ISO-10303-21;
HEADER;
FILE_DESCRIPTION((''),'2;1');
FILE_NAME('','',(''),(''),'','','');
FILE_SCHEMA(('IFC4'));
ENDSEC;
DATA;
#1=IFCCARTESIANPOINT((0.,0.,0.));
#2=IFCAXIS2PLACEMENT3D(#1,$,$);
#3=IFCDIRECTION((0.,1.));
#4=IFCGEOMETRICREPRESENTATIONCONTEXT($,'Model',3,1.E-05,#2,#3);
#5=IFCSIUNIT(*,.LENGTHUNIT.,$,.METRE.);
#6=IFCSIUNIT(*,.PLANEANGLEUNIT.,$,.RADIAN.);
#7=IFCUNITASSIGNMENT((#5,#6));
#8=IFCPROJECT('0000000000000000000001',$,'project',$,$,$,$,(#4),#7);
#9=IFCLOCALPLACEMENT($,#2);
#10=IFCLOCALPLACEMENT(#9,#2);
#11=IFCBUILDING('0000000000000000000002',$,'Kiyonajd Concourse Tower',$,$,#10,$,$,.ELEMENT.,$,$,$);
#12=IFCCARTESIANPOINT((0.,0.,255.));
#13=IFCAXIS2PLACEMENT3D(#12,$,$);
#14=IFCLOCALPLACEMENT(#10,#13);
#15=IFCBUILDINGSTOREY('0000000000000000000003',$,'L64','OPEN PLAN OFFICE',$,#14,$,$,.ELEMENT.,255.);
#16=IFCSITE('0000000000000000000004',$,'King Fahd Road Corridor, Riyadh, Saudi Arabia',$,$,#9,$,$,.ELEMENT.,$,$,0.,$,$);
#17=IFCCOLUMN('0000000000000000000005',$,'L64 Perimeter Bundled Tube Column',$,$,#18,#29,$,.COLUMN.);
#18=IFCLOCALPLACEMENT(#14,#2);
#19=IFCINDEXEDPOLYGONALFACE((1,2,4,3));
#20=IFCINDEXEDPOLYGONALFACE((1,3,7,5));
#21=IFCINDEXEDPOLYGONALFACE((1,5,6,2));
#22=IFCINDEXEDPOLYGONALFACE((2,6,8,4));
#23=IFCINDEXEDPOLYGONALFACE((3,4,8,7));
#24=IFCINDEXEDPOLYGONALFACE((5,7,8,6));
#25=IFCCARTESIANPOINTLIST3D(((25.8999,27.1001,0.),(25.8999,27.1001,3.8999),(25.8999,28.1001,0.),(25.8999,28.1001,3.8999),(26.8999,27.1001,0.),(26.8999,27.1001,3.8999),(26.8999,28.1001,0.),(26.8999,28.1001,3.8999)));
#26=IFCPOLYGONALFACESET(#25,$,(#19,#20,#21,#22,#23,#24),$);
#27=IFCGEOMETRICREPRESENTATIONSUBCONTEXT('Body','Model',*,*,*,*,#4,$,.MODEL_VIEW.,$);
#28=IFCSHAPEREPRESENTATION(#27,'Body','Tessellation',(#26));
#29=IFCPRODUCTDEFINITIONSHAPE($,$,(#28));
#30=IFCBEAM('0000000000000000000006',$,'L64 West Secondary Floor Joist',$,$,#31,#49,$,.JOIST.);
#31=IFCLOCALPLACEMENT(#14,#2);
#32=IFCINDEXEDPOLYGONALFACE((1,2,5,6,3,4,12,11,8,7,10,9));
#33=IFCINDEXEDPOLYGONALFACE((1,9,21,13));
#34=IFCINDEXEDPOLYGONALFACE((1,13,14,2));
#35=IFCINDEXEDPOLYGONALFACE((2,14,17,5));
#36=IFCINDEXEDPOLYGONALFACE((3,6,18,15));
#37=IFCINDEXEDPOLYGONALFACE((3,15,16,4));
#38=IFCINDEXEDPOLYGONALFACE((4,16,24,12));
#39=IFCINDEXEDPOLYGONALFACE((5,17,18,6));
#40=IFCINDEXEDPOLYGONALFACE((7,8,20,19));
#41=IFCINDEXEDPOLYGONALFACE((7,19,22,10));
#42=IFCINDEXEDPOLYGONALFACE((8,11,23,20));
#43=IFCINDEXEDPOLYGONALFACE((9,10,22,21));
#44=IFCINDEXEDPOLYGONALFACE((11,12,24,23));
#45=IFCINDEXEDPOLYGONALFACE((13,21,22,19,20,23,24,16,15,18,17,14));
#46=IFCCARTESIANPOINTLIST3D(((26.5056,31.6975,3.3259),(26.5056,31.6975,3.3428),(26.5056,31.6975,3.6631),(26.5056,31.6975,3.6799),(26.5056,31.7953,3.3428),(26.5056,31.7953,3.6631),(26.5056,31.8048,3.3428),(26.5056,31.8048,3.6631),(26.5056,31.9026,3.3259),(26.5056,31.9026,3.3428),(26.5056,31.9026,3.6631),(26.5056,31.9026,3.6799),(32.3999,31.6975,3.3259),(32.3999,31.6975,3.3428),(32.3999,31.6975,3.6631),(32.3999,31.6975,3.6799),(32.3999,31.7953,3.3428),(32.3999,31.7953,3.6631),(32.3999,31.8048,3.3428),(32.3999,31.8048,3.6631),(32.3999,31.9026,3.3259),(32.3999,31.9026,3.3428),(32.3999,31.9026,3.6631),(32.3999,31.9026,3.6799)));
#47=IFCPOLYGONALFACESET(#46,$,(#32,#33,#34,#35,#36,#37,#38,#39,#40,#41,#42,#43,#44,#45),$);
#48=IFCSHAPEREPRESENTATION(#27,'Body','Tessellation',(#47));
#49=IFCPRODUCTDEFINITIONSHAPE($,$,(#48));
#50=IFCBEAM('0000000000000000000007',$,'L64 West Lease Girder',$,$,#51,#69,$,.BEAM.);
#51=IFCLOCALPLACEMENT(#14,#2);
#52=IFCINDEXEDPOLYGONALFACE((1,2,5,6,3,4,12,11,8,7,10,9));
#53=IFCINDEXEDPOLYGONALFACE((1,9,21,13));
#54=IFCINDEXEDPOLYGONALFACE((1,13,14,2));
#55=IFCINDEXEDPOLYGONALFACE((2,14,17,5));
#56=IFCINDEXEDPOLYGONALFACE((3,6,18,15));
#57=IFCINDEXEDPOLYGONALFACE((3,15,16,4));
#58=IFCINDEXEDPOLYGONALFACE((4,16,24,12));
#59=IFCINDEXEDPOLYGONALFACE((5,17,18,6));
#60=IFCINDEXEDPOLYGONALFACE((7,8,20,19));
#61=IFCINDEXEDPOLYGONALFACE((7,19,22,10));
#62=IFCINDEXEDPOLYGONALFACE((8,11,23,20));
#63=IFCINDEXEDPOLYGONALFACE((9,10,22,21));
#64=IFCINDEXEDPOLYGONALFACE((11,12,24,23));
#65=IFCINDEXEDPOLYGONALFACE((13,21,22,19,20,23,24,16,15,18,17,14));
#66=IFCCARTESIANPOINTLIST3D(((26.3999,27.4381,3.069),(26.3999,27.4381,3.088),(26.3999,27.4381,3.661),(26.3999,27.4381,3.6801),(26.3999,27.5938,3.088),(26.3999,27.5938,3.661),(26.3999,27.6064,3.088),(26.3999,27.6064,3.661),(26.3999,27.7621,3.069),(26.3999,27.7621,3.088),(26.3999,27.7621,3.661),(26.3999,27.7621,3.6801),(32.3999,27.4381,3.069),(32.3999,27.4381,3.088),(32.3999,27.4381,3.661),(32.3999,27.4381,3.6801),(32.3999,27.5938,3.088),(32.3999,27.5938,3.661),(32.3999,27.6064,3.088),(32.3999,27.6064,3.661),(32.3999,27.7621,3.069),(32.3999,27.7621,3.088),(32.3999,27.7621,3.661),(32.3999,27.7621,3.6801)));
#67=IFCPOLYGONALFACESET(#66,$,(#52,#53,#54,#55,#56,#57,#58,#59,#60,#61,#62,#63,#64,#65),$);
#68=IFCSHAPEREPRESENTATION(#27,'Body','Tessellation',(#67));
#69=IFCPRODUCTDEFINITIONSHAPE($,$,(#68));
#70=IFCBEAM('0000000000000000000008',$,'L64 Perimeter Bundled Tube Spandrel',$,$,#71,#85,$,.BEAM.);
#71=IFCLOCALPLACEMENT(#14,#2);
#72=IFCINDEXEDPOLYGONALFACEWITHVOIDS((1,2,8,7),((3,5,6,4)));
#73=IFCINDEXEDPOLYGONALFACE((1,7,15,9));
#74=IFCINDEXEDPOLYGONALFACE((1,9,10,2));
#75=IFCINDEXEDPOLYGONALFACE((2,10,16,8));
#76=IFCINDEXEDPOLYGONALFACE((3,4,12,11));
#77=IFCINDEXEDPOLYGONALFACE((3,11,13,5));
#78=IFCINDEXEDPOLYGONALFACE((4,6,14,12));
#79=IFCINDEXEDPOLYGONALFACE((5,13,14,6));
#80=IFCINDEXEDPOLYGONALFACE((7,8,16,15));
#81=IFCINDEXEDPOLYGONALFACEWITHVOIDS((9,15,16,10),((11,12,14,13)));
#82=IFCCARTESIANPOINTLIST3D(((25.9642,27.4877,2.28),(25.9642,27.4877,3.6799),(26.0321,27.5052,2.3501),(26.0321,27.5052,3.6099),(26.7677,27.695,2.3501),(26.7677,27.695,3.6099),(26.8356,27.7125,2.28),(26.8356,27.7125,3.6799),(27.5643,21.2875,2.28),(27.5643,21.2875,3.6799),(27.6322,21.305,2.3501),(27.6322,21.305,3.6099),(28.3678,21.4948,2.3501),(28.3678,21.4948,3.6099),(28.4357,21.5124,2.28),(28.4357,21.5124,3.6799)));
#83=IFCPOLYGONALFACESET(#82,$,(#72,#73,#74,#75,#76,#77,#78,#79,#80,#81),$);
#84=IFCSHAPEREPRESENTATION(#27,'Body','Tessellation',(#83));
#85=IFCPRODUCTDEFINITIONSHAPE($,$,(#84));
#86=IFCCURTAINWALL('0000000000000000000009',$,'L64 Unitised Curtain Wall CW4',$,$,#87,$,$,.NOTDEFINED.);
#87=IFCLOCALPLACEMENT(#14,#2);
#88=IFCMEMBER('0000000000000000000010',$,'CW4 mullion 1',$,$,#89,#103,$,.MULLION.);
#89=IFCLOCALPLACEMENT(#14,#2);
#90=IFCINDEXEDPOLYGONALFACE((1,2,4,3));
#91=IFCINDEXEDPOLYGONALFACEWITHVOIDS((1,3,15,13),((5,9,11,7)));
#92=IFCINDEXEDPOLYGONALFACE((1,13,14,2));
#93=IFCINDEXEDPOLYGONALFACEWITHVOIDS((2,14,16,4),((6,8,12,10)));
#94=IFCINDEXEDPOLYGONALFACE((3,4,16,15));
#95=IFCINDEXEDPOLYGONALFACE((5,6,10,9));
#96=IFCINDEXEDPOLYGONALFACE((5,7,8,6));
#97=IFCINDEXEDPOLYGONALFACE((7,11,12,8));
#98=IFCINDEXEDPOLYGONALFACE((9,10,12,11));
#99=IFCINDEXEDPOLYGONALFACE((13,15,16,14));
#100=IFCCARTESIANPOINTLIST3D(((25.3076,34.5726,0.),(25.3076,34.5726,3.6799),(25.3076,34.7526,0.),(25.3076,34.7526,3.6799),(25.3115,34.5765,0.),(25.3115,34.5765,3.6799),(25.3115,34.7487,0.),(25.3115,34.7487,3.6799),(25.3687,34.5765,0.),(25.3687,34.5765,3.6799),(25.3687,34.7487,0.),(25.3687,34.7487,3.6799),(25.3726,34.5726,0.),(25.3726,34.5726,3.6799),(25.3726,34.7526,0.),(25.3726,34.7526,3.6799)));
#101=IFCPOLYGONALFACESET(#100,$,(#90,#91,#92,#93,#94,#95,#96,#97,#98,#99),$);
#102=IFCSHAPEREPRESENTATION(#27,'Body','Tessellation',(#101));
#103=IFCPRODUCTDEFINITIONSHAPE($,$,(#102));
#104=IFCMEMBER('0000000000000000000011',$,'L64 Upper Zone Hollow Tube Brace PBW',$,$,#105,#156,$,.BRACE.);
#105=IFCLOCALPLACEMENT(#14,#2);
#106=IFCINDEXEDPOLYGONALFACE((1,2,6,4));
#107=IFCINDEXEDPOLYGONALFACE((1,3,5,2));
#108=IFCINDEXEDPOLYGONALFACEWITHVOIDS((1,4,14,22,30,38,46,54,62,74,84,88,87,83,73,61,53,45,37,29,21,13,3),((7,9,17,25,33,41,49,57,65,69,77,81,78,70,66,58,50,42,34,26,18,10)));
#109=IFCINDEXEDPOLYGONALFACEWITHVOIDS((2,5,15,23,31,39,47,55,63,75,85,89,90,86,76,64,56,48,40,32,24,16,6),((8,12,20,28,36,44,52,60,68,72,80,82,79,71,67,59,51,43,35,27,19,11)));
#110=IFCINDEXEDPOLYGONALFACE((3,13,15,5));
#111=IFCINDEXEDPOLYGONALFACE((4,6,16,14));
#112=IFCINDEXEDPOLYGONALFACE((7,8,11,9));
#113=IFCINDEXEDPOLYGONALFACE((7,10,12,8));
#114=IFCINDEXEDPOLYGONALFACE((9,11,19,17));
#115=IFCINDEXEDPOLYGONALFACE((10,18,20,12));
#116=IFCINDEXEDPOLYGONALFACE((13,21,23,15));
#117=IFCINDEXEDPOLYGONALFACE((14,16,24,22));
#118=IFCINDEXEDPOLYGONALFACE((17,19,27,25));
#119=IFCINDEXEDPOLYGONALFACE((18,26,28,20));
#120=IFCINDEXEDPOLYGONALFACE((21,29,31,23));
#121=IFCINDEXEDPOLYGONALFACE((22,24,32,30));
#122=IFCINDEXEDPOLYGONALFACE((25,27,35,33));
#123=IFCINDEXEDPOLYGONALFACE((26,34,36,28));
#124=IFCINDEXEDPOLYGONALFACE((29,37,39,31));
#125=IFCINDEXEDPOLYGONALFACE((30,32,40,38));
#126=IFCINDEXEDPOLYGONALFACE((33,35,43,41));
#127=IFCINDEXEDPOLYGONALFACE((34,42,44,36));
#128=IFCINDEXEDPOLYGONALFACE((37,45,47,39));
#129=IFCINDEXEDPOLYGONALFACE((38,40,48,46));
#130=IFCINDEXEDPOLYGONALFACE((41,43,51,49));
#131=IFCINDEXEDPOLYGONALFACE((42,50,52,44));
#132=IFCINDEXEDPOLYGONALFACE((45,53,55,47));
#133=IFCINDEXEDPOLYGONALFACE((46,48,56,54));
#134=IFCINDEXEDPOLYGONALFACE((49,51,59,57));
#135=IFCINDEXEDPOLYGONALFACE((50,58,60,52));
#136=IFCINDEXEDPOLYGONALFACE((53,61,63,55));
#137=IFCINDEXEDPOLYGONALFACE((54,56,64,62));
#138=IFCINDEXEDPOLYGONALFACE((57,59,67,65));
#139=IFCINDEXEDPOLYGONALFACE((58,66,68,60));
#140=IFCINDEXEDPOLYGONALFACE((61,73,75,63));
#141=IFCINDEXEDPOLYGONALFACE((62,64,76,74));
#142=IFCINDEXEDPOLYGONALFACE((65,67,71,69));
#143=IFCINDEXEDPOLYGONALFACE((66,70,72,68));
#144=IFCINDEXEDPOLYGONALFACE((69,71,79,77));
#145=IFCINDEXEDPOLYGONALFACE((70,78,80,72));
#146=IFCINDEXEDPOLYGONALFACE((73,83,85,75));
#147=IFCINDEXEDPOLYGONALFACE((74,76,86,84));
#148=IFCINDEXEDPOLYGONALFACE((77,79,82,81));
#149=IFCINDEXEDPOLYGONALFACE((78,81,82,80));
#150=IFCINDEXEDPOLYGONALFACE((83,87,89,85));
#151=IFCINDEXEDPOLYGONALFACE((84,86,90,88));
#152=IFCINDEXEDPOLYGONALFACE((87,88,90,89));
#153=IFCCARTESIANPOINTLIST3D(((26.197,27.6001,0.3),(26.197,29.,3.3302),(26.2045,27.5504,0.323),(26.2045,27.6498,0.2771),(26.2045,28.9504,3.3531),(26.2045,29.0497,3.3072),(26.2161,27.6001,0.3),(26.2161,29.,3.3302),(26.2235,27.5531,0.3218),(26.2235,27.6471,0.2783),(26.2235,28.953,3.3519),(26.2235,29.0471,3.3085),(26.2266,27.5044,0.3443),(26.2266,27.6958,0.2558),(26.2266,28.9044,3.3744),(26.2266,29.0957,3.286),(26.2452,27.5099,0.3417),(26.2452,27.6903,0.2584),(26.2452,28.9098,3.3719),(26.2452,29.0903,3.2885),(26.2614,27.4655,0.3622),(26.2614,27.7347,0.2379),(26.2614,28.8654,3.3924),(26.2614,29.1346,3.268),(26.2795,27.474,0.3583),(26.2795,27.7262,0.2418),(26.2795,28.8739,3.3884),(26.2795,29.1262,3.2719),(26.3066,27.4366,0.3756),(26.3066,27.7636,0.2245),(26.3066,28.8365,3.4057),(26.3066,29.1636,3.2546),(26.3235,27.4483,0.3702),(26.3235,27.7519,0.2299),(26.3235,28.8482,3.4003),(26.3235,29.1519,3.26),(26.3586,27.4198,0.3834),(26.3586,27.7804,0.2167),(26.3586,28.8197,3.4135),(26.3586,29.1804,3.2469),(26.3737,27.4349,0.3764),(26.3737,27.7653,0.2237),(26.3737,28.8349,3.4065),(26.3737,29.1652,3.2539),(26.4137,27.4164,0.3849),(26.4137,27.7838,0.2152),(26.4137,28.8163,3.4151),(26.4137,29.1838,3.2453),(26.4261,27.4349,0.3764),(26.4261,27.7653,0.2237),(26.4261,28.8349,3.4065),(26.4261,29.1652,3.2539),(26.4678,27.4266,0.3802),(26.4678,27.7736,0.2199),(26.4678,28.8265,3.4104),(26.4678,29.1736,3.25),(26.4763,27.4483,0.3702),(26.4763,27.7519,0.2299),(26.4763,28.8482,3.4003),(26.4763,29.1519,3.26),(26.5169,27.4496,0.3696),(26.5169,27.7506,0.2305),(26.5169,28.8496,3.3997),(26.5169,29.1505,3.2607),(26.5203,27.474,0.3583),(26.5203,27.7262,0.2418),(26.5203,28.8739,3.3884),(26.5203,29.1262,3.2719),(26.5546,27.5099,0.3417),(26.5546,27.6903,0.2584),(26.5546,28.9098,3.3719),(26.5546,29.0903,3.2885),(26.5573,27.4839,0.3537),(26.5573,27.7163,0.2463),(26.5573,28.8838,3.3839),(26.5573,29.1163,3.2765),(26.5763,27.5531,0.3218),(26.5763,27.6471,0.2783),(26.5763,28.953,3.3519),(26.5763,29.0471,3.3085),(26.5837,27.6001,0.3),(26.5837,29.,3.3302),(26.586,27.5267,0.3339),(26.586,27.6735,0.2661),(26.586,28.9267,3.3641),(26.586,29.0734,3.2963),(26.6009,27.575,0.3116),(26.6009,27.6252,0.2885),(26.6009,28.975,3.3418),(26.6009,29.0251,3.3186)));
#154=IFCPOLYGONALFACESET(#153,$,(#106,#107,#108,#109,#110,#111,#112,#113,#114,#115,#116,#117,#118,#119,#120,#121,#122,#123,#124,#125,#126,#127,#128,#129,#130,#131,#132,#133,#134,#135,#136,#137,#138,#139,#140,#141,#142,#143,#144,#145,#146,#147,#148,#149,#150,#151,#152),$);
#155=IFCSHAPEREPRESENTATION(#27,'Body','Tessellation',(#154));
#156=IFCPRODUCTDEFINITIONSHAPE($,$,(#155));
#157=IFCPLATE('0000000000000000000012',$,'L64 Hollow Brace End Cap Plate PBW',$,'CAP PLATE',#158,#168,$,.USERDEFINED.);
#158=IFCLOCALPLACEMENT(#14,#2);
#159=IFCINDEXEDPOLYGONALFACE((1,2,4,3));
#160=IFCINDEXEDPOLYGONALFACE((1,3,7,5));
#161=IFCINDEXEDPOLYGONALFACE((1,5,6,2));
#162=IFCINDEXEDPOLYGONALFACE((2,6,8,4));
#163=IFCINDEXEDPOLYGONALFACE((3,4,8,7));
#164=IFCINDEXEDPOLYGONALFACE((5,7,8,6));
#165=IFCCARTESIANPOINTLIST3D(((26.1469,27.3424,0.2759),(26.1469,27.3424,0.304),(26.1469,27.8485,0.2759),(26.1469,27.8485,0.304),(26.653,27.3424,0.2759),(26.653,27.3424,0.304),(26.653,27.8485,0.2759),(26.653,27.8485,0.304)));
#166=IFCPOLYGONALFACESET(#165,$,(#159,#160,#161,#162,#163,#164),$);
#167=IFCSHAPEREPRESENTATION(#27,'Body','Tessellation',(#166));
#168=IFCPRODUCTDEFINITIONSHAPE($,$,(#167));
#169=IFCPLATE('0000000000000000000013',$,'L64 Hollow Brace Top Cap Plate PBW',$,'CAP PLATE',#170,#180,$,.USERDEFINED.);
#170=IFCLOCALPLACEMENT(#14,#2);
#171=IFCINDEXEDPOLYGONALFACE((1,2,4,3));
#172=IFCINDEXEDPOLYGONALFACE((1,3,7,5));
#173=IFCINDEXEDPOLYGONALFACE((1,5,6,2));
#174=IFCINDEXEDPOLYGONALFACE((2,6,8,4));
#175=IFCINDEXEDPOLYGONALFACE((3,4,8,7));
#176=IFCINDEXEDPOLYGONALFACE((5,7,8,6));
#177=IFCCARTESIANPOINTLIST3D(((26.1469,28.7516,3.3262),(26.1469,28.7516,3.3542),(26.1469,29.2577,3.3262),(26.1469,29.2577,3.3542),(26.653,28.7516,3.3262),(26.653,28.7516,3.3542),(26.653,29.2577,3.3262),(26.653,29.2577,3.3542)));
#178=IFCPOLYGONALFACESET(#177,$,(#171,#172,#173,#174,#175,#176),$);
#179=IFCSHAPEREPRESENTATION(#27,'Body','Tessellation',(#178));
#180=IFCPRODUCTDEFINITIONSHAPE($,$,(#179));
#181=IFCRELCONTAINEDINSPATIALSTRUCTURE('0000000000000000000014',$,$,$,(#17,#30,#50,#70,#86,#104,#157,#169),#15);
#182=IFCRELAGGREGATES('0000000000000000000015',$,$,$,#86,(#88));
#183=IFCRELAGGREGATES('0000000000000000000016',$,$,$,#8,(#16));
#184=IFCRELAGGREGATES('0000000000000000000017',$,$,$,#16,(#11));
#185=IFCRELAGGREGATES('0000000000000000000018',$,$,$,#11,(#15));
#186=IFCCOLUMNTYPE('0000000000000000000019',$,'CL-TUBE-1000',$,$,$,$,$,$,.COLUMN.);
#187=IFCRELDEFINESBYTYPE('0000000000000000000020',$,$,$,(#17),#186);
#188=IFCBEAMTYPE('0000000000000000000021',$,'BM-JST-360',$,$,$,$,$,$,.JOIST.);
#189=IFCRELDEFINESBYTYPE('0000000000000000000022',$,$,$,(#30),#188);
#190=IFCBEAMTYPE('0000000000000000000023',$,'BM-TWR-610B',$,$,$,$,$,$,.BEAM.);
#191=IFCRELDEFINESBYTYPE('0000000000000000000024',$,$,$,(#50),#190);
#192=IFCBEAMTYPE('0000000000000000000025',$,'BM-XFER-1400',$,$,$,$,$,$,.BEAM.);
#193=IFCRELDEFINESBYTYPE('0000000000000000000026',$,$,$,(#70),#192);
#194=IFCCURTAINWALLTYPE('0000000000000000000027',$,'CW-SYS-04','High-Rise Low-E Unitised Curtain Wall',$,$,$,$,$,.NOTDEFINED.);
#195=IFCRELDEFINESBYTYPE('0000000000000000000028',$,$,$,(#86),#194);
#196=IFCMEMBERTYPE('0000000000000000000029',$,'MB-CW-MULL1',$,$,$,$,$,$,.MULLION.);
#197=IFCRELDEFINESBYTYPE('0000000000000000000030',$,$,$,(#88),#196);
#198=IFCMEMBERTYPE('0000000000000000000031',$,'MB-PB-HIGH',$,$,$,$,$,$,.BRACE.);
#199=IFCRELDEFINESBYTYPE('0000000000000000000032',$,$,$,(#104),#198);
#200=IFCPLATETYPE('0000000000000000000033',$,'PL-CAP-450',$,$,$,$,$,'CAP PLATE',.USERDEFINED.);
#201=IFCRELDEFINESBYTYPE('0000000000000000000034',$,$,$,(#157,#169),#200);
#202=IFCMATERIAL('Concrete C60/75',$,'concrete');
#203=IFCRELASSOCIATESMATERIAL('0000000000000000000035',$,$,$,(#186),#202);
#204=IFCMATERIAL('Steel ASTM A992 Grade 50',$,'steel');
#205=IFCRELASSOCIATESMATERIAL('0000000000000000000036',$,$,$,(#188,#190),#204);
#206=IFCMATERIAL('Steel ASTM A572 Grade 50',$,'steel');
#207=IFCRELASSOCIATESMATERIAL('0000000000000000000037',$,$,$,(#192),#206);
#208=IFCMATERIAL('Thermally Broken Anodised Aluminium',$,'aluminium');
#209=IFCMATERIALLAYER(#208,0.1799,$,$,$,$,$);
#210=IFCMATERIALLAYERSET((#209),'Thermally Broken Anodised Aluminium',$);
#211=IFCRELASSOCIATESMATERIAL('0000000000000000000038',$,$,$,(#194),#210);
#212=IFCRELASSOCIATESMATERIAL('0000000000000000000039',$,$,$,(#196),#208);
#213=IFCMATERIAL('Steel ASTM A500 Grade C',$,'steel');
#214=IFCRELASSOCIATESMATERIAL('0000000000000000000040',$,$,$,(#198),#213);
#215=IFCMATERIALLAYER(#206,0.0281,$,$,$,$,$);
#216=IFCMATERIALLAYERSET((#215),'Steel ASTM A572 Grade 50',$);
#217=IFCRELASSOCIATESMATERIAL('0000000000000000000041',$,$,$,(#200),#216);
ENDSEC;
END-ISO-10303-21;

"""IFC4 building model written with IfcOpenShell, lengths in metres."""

from ifc_helpers import new_model, si_unit, direction, frame, origin, origin_2d, place, context, subcontext, project, spatial, rectangle, hollow_rectangle, hollow_circle, i_section, extrude, material, layer, layer_set, material_profile, profile_set, type_object, element, aggregate, save


model = new_model("IFC4")

# Units and contexts
model_context = context("Model", 3, precision=1e-05, world=origin(), true_north=direction((0.0, 1.0)))
body_context = subcontext(model_context, "Body", "Model", "MODEL_VIEW")
ifc_project = project(units=[si_unit("LENGTHUNIT", "METRE"), si_unit("PLANEANGLEUNIT", "RADIAN")], contexts=[model_context])

# Site, building, storey
site_placement = place(None, origin())
site = spatial("IfcSite", under=ifc_project, at=site_placement, Name="King Fahd Road Corridor, Riyadh, Saudi Arabia", CompositionType="ELEMENT", RefElevation=0.0)
building_placement = place(site_placement, origin())
building = spatial("IfcBuilding", under=site, at=building_placement, Name="Kiyonajd Concourse Tower", CompositionType="ELEMENT")
storey_placement = place(building_placement, frame((0.0, 0.0, 255.0)))
storey = spatial("IfcBuildingStorey", under=building, at=storey_placement, Name="L64", Description="OPEN PLAN OFFICE", CompositionType="ELEMENT", Elevation=255.0)

# Column
ifc_material_1 = material(Name="Concrete C60/75", Category="concrete")
ifc_material_profile_1 = material_profile(ifc_material_1, rectangle(XDim=1.0, YDim=1.0, at=origin_2d()), Name="RC-1000x1000")
ifc_profile_set_1 = profile_set([ifc_material_profile_1], Name="Concrete C60/75")
column_type = type_object("IfcColumnType", Name="CL-TUBE-1000", PredefinedType="COLUMN", material=ifc_profile_set_1)
column_placement = place(storey_placement, frame((26.3999, 27.6001, 0.0), z_axis=(0.0, 0.0, 1.0), x_axis=(1.0, 0.0, 0.0)))
element("IfcColumn", 1, at=column_placement, inside=storey, type_object=column_type, Name="L64 Perimeter Bundled Tube Column", PredefinedType="COLUMN", context=body_context, shape_type="SweptSolid", body=[
    extrude(rectangle(XDim=1.0, YDim=1.0, at=origin_2d()), origin(), (0.0, 0.0, 1.0), 3.8999),
])

# Beams
ifc_material_2 = material(Name="Steel ASTM A992 Grade 50", Category="steel")
ifc_material_profile_2 = material_profile(ifc_material_2, i_section(OverallWidth=0.2051, OverallDepth=0.354, WebThickness=0.0095, FlangeThickness=0.0168, at=origin_2d()), Name="W360X79")
ifc_profile_set_2 = profile_set([ifc_material_profile_2], Name="Steel ASTM A992 Grade 50")
beam_type_1 = type_object("IfcBeamType", Name="BM-JST-360", PredefinedType="JOIST", material=ifc_profile_set_2)
beam_1_placement = place(storey_placement, frame((26.5056, 31.8, 3.5029), z_axis=(1.0, 0.0, 0.0), x_axis=(0.0, 1.0, 0.0)))
element("IfcBeam", 2, at=beam_1_placement, inside=storey, type_object=beam_type_1, Name="L64 West Secondary Floor Joist", PredefinedType="JOIST", context=body_context, shape_type="SweptSolid", body=[
    extrude(i_section(OverallWidth=0.2051, OverallDepth=0.354, WebThickness=0.0095, FlangeThickness=0.0168, at=origin_2d()), origin(), (0.0, 0.0, 1.0), 5.8943),
])
ifc_material_profile_3 = material_profile(ifc_material_2, i_section(OverallWidth=0.324, OverallDepth=0.6111, WebThickness=0.0127, FlangeThickness=0.019, at=origin_2d()), Name="W610X155")
ifc_profile_set_3 = profile_set([ifc_material_profile_3], Name="Steel ASTM A992 Grade 50")
beam_type_2 = type_object("IfcBeamType", Name="BM-TWR-610B", PredefinedType="BEAM", material=ifc_profile_set_3)
beam_2_placement = place(storey_placement, frame((26.3999, 27.6001, 3.3745), z_axis=(1.0, 0.0, 0.0), x_axis=(0.0, 1.0, 0.0)))
element("IfcBeam", 3, at=beam_2_placement, inside=storey, type_object=beam_type_2, Name="L64 West Lease Girder", PredefinedType="BEAM", context=body_context, shape_type="SweptSolid", body=[
    extrude(i_section(OverallWidth=0.324, OverallDepth=0.6111, WebThickness=0.0127, FlangeThickness=0.019, at=origin_2d()), origin(), (0.0, 0.0, 1.0), 6.0),
])
ifc_material_3 = material(Name="Steel ASTM A572 Grade 50", Category="steel")
ifc_material_profile_4 = material_profile(ifc_material_3, hollow_rectangle(XDim=0.8999, YDim=1.3999, WallThickness=0.0701, at=origin_2d()), Name="BOX-1400x900x70")
ifc_profile_set_4 = profile_set([ifc_material_profile_4], Name="Steel ASTM A572 Grade 50")
beam_type_3 = type_object("IfcBeamType", Name="BM-XFER-1400", PredefinedType="BEAM", material=ifc_profile_set_4)
beam_3_placement = place(storey_placement, frame((26.3999, 27.6001, 2.98), z_axis=(0.249885, -0.968276, 0.0), x_axis=(0.968276, 0.249885, 0.0)))
element("IfcBeam", 4, at=beam_3_placement, inside=storey, type_object=beam_type_3, Name="L64 Perimeter Bundled Tube Spandrel", PredefinedType="BEAM", context=body_context, shape_type="SweptSolid", body=[
    extrude(hollow_rectangle(XDim=0.8999, YDim=1.3999, WallThickness=0.0701, at=origin_2d()), origin(), (0.0, 0.0, 1.0), 6.4033),
])

# Curtain wall, member
ifc_material_4 = material(Name="Thermally Broken Anodised Aluminium", Category="aluminium")
ifc_layer_1 = layer(ifc_material_4, 0.1799)
ifc_layer_set_1 = layer_set([ifc_layer_1], Name="Thermally Broken Anodised Aluminium")
curtain_wall_type = type_object("IfcCurtainWallType", Name="CW-SYS-04", Description="High-Rise Low-E Unitised Curtain Wall", PredefinedType="NOTDEFINED", material=ifc_layer_set_1)
curtain_wall_placement = place(storey_placement, origin())
curtain_wall = element("IfcCurtainWall", 5, at=curtain_wall_placement, inside=storey, type_object=curtain_wall_type, Name="L64 Unitised Curtain Wall CW4", PredefinedType="NOTDEFINED")
ifc_material_profile_5 = material_profile(ifc_material_4, hollow_rectangle(XDim=0.0649, YDim=0.1799, WallThickness=0.0039, at=origin_2d()), Name="MULL-65x180")
ifc_profile_set_5 = profile_set([ifc_material_profile_5], Name="Thermally Broken Anodised Aluminium")
member_type_1 = type_object("IfcMemberType", Name="MB-CW-MULL1", PredefinedType="MULLION", material=ifc_profile_set_5)
member_1_placement = place(storey_placement, frame((25.3401, 34.6626, 0.0), z_axis=(0.0, 0.0, 1.0), x_axis=(-1.0, 0.0, 0.0)))
member_1 = element("IfcMember", 6, at=member_1_placement, type_object=member_type_1, Name="CW4 mullion 1", PredefinedType="MULLION", context=body_context, shape_type="SweptSolid", body=[
    extrude(hollow_rectangle(XDim=0.0649, YDim=0.1799, WallThickness=0.0039, at=origin_2d()), origin(), (0.0, 0.0, 1.0), 3.6799),
])
aggregate(curtain_wall, [member_1])

# Member
ifc_material_5 = material(Name="Steel ASTM A500 Grade C", Category="steel")
ifc_material_profile_6 = material_profile(ifc_material_5, hollow_circle(Radius=0.2029, WallThickness=0.019, at=origin_2d()), Name="CHS-406x19")
ifc_profile_set_6 = profile_set([ifc_material_profile_6], Name="Steel ASTM A500 Grade C")
member_type_2 = type_object("IfcMemberType", Name="MB-PB-HIGH", PredefinedType="BRACE", material=ifc_profile_set_6)
member_2_placement = place(storey_placement, frame((26.3999, 27.6001, 0.3), z_axis=(0.0, 0.419411, 0.907797), x_axis=(-1.0, 0.0, 0.0)))
element("IfcMember", 7, at=member_2_placement, inside=storey, type_object=member_type_2, Name="L64 Upper Zone Hollow Tube Brace PBW", PredefinedType="BRACE", context=body_context, shape_type="SweptSolid", body=[
    extrude(hollow_circle(Radius=0.2029, WallThickness=0.019, at=origin_2d()), origin(), (0.0, 0.0, 1.0), 3.3379),
])

# Plates
ifc_layer_2 = layer(ifc_material_3, 0.0281)
ifc_layer_set_2 = layer_set([ifc_layer_2], Name="Steel ASTM A572 Grade 50")
plate_type_1 = type_object("IfcPlateType", Name="PL-CAP-450", ElementType="CAP PLATE", PredefinedType="USERDEFINED", material=ifc_layer_set_2)
for number, where, z_axis, x_axis, name in (
    (8, (26.3999, 27.5955, 0.2759), (0.0, 0.0, 1.0), (1.0, 0.0, 0.0), "L64 Hollow Brace End Cap Plate PBW"),
    (9, (26.3999, 29.0046, 3.3262), (0.0, 0.0, 1.0), (1.0, 0.0, 0.0), "L64 Hollow Brace Top Cap Plate PBW"),
):
    element("IfcPlate", number, at=place(storey_placement, frame(where, z_axis=z_axis, x_axis=x_axis)), inside=storey, type_object=plate_type_1, Name=name, ObjectType="CAP PLATE", PredefinedType="USERDEFINED", context=body_context, shape_type="SweptSolid", body=[
        extrude(rectangle(XDim=0.5061, YDim=0.5061, at=origin_2d()), origin(), (0.0, 0.0, 1.0), 0.0281),
    ])

save(model, "model.ifc")
